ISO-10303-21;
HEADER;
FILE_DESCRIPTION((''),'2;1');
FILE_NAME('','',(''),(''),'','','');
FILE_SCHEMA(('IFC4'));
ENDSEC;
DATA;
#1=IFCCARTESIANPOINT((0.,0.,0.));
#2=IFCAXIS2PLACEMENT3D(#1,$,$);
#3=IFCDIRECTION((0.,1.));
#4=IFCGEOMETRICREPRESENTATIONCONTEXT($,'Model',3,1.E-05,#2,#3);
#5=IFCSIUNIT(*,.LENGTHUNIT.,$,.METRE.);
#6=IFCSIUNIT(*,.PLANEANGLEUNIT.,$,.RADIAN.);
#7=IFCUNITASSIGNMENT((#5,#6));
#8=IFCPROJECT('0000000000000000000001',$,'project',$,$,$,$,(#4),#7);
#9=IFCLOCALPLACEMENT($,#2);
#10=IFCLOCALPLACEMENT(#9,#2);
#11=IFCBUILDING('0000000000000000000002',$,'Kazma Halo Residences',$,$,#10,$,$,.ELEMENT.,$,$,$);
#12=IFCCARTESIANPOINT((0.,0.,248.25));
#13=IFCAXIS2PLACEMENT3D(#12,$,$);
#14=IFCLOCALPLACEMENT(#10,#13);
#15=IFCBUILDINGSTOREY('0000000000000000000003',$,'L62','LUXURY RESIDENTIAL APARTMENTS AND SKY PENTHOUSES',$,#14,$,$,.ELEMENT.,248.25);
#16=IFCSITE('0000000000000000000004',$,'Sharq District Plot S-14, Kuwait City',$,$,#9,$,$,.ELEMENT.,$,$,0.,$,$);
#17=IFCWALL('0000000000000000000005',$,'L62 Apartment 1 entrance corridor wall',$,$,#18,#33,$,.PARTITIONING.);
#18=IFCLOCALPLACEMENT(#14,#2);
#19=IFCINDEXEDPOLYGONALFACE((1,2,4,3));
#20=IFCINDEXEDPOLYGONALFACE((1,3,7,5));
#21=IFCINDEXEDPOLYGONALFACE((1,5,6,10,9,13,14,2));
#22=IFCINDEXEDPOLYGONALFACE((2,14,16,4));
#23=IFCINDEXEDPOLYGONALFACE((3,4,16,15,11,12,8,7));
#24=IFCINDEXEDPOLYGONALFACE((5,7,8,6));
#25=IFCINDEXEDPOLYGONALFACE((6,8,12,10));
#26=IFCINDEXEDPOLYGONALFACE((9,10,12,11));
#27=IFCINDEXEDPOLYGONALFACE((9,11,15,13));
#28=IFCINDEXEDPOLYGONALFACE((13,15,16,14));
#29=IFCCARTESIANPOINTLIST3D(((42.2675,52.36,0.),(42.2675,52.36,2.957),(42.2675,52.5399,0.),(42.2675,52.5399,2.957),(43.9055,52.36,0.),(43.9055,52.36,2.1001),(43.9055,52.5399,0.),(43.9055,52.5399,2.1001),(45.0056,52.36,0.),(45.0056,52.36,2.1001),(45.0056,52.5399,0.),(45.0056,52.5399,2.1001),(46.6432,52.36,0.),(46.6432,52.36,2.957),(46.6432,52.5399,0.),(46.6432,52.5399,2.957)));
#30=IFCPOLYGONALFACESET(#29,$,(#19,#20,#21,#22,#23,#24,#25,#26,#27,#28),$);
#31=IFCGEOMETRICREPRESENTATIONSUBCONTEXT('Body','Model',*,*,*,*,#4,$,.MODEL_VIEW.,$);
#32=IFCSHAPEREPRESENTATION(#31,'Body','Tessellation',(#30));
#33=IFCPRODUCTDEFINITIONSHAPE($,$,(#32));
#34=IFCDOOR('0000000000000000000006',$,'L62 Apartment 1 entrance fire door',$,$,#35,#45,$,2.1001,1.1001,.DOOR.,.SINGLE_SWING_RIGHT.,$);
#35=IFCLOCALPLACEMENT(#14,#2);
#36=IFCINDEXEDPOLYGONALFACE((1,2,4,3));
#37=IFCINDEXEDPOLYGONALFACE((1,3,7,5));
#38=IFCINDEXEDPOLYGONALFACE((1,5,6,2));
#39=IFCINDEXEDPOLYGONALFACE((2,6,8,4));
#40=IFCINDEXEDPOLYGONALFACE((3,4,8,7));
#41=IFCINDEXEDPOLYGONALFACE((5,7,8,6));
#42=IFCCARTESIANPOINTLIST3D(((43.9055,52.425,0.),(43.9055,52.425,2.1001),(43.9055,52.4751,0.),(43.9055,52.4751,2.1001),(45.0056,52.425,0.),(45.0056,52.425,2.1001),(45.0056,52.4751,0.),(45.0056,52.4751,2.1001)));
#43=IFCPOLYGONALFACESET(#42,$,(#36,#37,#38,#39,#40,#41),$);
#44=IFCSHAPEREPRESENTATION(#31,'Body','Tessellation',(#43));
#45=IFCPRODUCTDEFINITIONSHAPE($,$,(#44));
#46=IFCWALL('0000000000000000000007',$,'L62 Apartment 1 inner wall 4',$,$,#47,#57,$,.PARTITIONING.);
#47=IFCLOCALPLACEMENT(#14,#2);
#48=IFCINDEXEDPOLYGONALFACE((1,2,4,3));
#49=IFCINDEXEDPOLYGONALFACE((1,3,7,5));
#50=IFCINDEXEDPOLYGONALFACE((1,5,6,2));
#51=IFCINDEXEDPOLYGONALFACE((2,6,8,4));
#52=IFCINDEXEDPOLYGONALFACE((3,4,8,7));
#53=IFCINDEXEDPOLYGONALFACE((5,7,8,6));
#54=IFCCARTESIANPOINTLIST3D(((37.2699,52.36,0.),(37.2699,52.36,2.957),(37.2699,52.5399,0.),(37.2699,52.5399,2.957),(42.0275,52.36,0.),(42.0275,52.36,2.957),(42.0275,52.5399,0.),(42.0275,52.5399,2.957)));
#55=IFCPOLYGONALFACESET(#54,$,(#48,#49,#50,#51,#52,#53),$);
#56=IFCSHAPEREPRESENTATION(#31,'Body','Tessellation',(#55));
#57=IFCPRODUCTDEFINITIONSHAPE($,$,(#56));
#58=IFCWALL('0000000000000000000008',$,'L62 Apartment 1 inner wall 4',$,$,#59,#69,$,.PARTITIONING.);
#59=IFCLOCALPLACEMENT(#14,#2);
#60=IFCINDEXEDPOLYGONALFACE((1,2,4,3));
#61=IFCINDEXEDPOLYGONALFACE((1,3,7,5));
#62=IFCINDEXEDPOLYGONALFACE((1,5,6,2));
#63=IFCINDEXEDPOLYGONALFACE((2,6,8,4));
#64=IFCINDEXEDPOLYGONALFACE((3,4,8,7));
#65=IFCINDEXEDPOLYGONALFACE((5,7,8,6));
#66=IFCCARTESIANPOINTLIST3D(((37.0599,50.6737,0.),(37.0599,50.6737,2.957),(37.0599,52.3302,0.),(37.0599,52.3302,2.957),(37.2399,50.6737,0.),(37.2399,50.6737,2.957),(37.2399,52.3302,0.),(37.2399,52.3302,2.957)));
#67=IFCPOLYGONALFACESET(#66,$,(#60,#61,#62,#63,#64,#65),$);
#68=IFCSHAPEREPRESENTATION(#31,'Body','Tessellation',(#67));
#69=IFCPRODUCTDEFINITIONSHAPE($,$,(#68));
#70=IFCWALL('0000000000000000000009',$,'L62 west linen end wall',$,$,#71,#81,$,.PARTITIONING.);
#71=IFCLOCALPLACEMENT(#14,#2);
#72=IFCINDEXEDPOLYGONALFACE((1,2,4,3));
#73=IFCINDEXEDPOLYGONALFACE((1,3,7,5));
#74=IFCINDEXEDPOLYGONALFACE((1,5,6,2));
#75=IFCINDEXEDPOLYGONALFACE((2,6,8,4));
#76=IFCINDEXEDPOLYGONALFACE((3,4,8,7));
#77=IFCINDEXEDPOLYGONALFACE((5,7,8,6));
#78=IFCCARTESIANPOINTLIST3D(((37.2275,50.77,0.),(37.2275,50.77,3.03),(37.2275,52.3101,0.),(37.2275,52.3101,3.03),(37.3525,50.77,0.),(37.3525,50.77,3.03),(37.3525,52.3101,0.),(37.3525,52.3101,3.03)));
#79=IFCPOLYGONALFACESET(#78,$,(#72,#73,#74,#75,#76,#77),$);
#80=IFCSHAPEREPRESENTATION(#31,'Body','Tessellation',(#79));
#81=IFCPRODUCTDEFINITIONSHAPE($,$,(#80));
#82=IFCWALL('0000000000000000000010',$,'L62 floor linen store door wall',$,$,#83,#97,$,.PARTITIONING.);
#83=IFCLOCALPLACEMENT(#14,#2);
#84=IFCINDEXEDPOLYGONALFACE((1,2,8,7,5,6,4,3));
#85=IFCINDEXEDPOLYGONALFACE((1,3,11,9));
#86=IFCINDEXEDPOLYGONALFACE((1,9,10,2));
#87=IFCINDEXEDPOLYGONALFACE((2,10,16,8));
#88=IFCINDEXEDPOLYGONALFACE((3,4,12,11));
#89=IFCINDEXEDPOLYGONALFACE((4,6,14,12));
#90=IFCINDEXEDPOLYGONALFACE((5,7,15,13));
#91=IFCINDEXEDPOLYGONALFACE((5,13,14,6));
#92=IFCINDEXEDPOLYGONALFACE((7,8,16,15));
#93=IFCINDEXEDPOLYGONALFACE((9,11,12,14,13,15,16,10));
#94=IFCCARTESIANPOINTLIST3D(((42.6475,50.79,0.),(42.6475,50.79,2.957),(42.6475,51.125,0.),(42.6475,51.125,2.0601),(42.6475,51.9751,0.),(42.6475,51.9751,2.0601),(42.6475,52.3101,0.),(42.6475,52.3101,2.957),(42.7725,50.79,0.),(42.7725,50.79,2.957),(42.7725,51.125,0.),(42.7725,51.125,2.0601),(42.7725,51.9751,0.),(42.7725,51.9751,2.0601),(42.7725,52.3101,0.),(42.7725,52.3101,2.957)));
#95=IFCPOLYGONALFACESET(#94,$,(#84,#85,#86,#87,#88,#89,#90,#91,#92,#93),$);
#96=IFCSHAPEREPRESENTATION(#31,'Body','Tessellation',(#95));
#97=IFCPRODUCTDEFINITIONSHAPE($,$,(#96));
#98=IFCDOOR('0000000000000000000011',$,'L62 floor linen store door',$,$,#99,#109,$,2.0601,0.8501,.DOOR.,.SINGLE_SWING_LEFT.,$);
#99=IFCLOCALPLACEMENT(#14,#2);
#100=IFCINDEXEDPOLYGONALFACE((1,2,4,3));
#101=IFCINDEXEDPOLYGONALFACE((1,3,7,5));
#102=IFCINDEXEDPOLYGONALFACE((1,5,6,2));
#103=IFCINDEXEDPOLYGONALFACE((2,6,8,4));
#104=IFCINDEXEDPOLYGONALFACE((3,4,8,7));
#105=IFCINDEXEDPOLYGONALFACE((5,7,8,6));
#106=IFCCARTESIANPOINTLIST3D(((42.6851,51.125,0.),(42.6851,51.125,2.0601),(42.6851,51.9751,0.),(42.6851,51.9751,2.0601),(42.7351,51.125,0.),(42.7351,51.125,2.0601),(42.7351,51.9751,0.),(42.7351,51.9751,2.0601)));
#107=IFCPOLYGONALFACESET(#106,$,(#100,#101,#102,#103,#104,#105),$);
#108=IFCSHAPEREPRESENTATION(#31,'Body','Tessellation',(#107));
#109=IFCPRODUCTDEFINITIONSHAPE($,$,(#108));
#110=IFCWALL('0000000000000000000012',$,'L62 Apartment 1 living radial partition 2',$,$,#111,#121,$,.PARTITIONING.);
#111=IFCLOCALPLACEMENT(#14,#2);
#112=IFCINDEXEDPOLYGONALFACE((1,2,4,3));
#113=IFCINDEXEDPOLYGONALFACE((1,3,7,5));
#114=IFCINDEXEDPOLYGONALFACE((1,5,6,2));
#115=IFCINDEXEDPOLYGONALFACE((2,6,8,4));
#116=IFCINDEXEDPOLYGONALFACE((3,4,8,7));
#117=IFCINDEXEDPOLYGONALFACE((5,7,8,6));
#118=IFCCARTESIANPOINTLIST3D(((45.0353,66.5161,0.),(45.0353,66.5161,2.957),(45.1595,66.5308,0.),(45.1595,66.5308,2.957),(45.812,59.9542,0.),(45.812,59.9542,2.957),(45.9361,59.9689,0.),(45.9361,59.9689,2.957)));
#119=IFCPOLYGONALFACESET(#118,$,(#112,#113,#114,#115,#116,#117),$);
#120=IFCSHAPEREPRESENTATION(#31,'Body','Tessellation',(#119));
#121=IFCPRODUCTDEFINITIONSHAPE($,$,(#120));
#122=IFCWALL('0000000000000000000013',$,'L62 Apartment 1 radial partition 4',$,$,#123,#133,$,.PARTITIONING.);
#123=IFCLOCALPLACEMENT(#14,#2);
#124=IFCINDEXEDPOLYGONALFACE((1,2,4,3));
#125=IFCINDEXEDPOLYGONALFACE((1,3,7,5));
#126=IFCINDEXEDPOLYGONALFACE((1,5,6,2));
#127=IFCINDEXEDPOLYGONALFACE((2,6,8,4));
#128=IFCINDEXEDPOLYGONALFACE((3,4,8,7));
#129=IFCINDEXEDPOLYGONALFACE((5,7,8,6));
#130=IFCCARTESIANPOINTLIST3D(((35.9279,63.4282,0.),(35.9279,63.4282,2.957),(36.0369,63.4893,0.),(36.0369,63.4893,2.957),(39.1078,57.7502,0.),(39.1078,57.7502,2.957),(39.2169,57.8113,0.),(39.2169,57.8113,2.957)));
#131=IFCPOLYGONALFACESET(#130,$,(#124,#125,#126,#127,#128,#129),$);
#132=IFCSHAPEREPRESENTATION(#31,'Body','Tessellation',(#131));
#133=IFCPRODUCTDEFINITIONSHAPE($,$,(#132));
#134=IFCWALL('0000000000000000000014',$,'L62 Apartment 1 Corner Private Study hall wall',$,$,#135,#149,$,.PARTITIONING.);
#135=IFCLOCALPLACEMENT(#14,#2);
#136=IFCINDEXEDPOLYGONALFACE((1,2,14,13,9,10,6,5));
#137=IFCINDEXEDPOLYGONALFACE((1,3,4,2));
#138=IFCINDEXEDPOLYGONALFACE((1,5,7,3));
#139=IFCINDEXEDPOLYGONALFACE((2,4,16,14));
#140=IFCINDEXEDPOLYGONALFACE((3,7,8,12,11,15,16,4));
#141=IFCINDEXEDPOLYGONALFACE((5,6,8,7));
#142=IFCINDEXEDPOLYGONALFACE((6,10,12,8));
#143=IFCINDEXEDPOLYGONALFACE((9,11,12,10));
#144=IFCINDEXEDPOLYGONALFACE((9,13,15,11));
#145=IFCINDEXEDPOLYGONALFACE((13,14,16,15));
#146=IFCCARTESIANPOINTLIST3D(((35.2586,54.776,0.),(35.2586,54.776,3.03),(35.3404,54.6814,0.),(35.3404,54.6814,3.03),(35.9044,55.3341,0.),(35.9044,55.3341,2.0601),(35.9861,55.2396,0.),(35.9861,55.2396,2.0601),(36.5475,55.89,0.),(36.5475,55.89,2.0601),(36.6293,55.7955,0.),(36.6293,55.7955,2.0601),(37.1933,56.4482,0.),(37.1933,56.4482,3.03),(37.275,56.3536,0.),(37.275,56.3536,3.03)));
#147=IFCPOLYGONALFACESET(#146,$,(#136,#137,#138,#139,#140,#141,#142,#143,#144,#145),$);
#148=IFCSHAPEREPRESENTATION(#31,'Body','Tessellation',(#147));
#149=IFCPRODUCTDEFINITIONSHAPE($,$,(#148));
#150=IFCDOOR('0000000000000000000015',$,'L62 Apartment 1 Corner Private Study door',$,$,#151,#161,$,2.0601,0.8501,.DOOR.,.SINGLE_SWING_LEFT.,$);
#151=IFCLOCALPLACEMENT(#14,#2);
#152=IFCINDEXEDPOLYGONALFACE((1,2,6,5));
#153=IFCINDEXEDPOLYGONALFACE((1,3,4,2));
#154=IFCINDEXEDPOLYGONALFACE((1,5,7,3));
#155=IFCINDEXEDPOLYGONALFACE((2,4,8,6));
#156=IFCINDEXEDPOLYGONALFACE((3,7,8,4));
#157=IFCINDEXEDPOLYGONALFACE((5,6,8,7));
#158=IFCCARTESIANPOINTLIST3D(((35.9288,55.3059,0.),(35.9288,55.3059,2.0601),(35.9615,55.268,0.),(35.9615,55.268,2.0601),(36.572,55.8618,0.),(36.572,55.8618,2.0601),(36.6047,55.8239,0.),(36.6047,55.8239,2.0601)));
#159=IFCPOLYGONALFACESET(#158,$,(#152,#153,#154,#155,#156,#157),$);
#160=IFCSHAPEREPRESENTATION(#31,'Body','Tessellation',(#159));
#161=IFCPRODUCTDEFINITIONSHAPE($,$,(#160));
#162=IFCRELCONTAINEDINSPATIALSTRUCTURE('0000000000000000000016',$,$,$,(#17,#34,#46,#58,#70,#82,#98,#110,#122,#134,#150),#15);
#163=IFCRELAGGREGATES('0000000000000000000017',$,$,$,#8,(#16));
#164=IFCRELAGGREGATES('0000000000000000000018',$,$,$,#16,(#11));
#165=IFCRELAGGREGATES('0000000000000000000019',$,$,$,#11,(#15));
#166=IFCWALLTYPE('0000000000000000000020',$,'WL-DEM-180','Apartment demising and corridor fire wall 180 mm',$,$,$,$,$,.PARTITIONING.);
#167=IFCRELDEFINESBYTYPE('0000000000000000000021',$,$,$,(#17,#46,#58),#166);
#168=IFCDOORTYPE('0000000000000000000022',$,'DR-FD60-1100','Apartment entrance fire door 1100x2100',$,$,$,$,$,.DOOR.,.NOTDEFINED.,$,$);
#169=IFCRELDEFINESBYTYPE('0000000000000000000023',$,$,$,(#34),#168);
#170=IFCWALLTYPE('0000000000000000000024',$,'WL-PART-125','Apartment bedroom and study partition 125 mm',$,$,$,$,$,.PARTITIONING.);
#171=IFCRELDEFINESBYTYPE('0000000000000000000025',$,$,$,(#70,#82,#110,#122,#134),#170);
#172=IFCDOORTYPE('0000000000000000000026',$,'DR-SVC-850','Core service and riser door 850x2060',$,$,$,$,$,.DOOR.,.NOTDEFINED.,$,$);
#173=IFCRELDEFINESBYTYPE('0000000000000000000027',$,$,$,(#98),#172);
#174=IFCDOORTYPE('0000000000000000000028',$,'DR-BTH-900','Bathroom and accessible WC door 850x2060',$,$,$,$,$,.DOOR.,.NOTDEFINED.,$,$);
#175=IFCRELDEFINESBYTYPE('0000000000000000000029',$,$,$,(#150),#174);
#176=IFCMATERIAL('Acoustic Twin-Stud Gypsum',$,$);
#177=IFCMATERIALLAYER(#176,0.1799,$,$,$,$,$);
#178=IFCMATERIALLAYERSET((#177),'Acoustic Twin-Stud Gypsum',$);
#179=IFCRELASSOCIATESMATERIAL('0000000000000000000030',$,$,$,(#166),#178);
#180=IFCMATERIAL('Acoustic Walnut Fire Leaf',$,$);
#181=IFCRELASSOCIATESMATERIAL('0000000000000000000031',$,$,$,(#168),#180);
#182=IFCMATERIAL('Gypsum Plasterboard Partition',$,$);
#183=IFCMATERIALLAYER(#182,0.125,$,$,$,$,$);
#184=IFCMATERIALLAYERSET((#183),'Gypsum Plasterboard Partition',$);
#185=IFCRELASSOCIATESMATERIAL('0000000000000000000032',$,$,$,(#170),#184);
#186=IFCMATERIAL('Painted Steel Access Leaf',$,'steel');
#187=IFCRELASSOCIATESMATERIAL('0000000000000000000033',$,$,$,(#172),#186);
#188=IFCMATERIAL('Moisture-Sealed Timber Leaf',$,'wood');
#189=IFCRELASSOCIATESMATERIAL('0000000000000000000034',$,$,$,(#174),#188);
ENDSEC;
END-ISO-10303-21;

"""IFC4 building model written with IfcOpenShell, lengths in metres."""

from ifc_helpers import new_model, si_unit, direction, frame, frame_2d, origin, place, context, subcontext, project, spatial, rectangle, extrude, material, layer, layer_set, type_object, element, fill, save


model = new_model("IFC4")

# Units and contexts
model_context = context("Model", 3, precision=1e-05, world=origin(), true_north=direction((0.0, 1.0)))
body_context = subcontext(model_context, "Body", "Model", "MODEL_VIEW")
ifc_project = project(units=[si_unit("LENGTHUNIT", "METRE"), si_unit("PLANEANGLEUNIT", "RADIAN")], contexts=[model_context])

# Site, building, storey
site_placement = place(None, origin())
site = spatial("IfcSite", under=ifc_project, at=site_placement, Name="Sharq District Plot S-14, Kuwait City", CompositionType="ELEMENT", RefElevation=0.0)
building_placement = place(site_placement, origin())
building = spatial("IfcBuilding", under=site, at=building_placement, Name="Kazma Halo Residences", CompositionType="ELEMENT")
storey_placement = place(building_placement, frame((0.0, 0.0, 248.25)))
storey = spatial("IfcBuildingStorey", under=building, at=storey_placement, Name="L62", Description="LUXURY RESIDENTIAL APARTMENTS AND SKY PENTHOUSES", CompositionType="ELEMENT", Elevation=248.25)

# Wall, opening, door
ifc_material_1 = material(Name="Acoustic Twin-Stud Gypsum")
ifc_layer_1 = layer(ifc_material_1, 0.1799)
ifc_layer_set_1 = layer_set([ifc_layer_1], Name="Acoustic Twin-Stud Gypsum")
wall_type_1 = type_object("IfcWallType", Name="WL-DEM-180", Description="Apartment demising and corridor fire wall 180 mm", PredefinedType="PARTITIONING", material=ifc_layer_set_1)
wall_1_placement = place(storey_placement, frame((46.6433, 52.45, 0.0), z_axis=(0.0, 0.0, 1.0), x_axis=(-1.0, 0.0, 0.0)))
wall_1 = element("IfcWall", 1, at=wall_1_placement, inside=storey, type_object=wall_type_1, Name="L62 Apartment 1 entrance corridor wall", PredefinedType="PARTITIONING", context=body_context, shape_type="SweptSolid", body=[
    extrude(rectangle(XDim=4.3757, YDim=0.1799, at=frame_2d((2.188, 0.0))), origin(), (0.0, 0.0, 1.0), 2.957),
])
opening_1_placement = place(wall_1_placement, frame((1.6377, 0.0, 0.0)))
opening_1 = element("IfcOpeningElement", 2, at=opening_1_placement, cuts=wall_1, PredefinedType="OPENING", context=body_context, shape_type="SweptSolid", body=[
    extrude(rectangle(XDim=1.1001, YDim=2.1001, at=frame_2d((0.55, 1.05))), frame((0.0, 0.0999, 0.0), z_axis=(0.0, -1.0, 0.0), x_axis=(1.0, 0.0, 0.0)), (0.0, 0.0, 1.0), 0.2),
])
ifc_material_2 = material(Name="Acoustic Walnut Fire Leaf")
door_type_1 = type_object("IfcDoorType", Name="DR-FD60-1100", Description="Apartment entrance fire door 1100x2100", OperationType="NOTDEFINED", PredefinedType="DOOR", material=ifc_material_2)
door_1_placement = place(opening_1_placement, origin())
door_1 = element("IfcDoor", 3, at=door_1_placement, inside=storey, type_object=door_type_1, Name="L62 Apartment 1 entrance fire door", OperationType="SINGLE_SWING_RIGHT", OverallHeight=2.1001, OverallWidth=1.1001, PredefinedType="DOOR", context=body_context, shape_type="SweptSolid", body=[
    extrude(rectangle(XDim=1.1001, YDim=2.1001, at=frame_2d((0.55, 1.05))), frame((0.0, 0.0249, 0.0), z_axis=(0.0, -1.0, 0.0), x_axis=(1.0, 0.0, 0.0)), (0.0, 0.0, 1.0), 0.05),
])
fill(opening_1, door_1)

# Walls
wall_2_placement = place(storey_placement, frame((42.0276, 52.45, 0.0), z_axis=(0.0, 0.0, 1.0), x_axis=(-1.0, 0.0, 0.0)))
element("IfcWall", 4, at=wall_2_placement, inside=storey, type_object=wall_type_1, Name="L62 Apartment 1 inner wall 4", PredefinedType="PARTITIONING", context=body_context, shape_type="SweptSolid", body=[
    extrude(rectangle(XDim=4.7576, YDim=0.1799, at=frame_2d((2.3789, 0.0))), origin(), (0.0, 0.0, 1.0), 2.957),
])
wall_3_placement = place(storey_placement, frame((37.1499, 52.3301, 0.0), z_axis=(0.0, 0.0, 1.0), x_axis=(0.0, -1.0, 0.0)))
element("IfcWall", 5, at=wall_3_placement, inside=storey, type_object=wall_type_1, Name="L62 Apartment 1 inner wall 4", PredefinedType="PARTITIONING", context=body_context, shape_type="SweptSolid", body=[
    extrude(rectangle(XDim=1.6565, YDim=0.1799, at=frame_2d((0.8281, 0.0))), origin(), (0.0, 0.0, 1.0), 2.957),
])

# Wall
ifc_material_3 = material(Name="Gypsum Plasterboard Partition")
ifc_layer_2 = layer(ifc_material_3, 0.125)
ifc_layer_set_2 = layer_set([ifc_layer_2], Name="Gypsum Plasterboard Partition")
wall_type_2 = type_object("IfcWallType", Name="WL-PART-125", Description="Apartment bedroom and study partition 125 mm", PredefinedType="PARTITIONING", material=ifc_layer_set_2)
wall_4_placement = place(storey_placement, frame((37.29, 50.77, 0.0), z_axis=(0.0, 0.0, 1.0), x_axis=(0.0, 1.0, 0.0)))
element("IfcWall", 6, at=wall_4_placement, inside=storey, type_object=wall_type_2, Name="L62 west linen end wall", PredefinedType="PARTITIONING", context=body_context, shape_type="SweptSolid", body=[
    extrude(rectangle(XDim=1.54, YDim=0.125, at=frame_2d((0.77, 0.0))), origin(), (0.0, 0.0, 1.0), 3.03),
])

# Wall, opening, door
wall_5_placement = place(storey_placement, frame((42.71, 50.79, 0.0), z_axis=(0.0, 0.0, 1.0), x_axis=(0.0, 1.0, 0.0)))
wall_5 = element("IfcWall", 7, at=wall_5_placement, inside=storey, type_object=wall_type_2, Name="L62 floor linen store door wall", PredefinedType="PARTITIONING", context=body_context, shape_type="SweptSolid", body=[
    extrude(rectangle(XDim=1.52, YDim=0.125, at=frame_2d((0.76, 0.0))), origin(), (0.0, 0.0, 1.0), 2.957),
])
opening_2_placement = place(wall_5_placement, frame((0.335, 0.0, 0.0)))
opening_2 = element("IfcOpeningElement", 8, at=opening_2_placement, cuts=wall_5, PredefinedType="OPENING", context=body_context, shape_type="SweptSolid", body=[
    extrude(rectangle(XDim=0.8501, YDim=2.0601, at=frame_2d((0.425, 1.03))), frame((0.0, 0.0725, 0.0), z_axis=(0.0, -1.0, 0.0), x_axis=(1.0, 0.0, 0.0)), (0.0, 0.0, 1.0), 0.145),
])
ifc_material_4 = material(Name="Painted Steel Access Leaf", Category="steel")
door_type_2 = type_object("IfcDoorType", Name="DR-SVC-850", Description="Core service and riser door 850x2060", OperationType="NOTDEFINED", PredefinedType="DOOR", material=ifc_material_4)
door_2_placement = place(opening_2_placement, origin())
door_2 = element("IfcDoor", 9, at=door_2_placement, inside=storey, type_object=door_type_2, Name="L62 floor linen store door", OperationType="SINGLE_SWING_LEFT", OverallHeight=2.0601, OverallWidth=0.8501, PredefinedType="DOOR", context=body_context, shape_type="SweptSolid", body=[
    extrude(rectangle(XDim=0.8501, YDim=2.0601, at=frame_2d((0.425, 1.03))), frame((0.0, 0.0249, 0.0), z_axis=(0.0, -1.0, 0.0), x_axis=(1.0, 0.0, 0.0)), (0.0, 0.0, 1.0), 0.05),
])
fill(opening_2, door_2)

# Walls
wall_6_placement = place(storey_placement, frame((45.874, 59.9617, 0.0), z_axis=(0.0, 0.0, 1.0), x_axis=(-0.117534, 0.993069, 0.0)))
element("IfcWall", 10, at=wall_6_placement, inside=storey, type_object=wall_type_2, Name="L62 Apartment 1 living radial partition 2", PredefinedType="PARTITIONING", context=body_context, shape_type="SweptSolid", body=[
    extrude(rectangle(XDim=6.6077, YDim=0.125, at=frame_2d((3.3037, 0.0))), origin(), (0.0, 0.0, 1.0), 2.957),
])
wall_7_placement = place(storey_placement, frame((39.1624, 57.7808, 0.0), z_axis=(0.0, 0.0, 1.0), x_axis=(-0.488634, 0.872489, 0.0)))
element("IfcWall", 11, at=wall_7_placement, inside=storey, type_object=wall_type_2, Name="L62 Apartment 1 radial partition 4", PredefinedType="PARTITIONING", context=body_context, shape_type="SweptSolid", body=[
    extrude(rectangle(XDim=6.5078, YDim=0.125, at=frame_2d((3.2539, 0.0))), origin(), (0.0, 0.0, 1.0), 2.957),
])

# Wall, opening, door
wall_8_placement = place(storey_placement, frame((37.2341, 56.4009, 0.0), z_axis=(0.0, 0.0, 1.0), x_axis=(-0.756561, -0.653923, 0.0)))
wall_8 = element("IfcWall", 12, at=wall_8_placement, inside=storey, type_object=wall_type_2, Name="L62 Apartment 1 Corner Private Study hall wall", PredefinedType="PARTITIONING", context=body_context, shape_type="SweptSolid", body=[
    extrude(rectangle(XDim=2.5571, YDim=0.125, at=frame_2d((1.2786, 0.0))), origin(), (0.0, 0.0, 1.0), 3.03),
])
opening_3_placement = place(wall_8_placement, frame((0.8535, 0.0, 0.0)))
opening_3 = element("IfcOpeningElement", 13, at=opening_3_placement, cuts=wall_8, PredefinedType="OPENING", context=body_context, shape_type="SweptSolid", body=[
    extrude(rectangle(XDim=0.8501, YDim=2.0601, at=frame_2d((0.425, 1.03))), frame((0.0, 0.0725, 0.0), z_axis=(0.0, -1.0, 0.0), x_axis=(1.0, 0.0, 0.0)), (0.0, 0.0, 1.0), 0.145),
])
ifc_material_5 = material(Name="Moisture-Sealed Timber Leaf", Category="wood")
door_type_3 = type_object("IfcDoorType", Name="DR-BTH-900", Description="Bathroom and accessible WC door 850x2060", OperationType="NOTDEFINED", PredefinedType="DOOR", material=ifc_material_5)
door_3_placement = place(opening_3_placement, origin())
door_3 = element("IfcDoor", 14, at=door_3_placement, inside=storey, type_object=door_type_3, Name="L62 Apartment 1 Corner Private Study door", OperationType="SINGLE_SWING_LEFT", OverallHeight=2.0601, OverallWidth=0.8501, PredefinedType="DOOR", context=body_context, shape_type="SweptSolid", body=[
    extrude(rectangle(XDim=0.8501, YDim=2.0601, at=frame_2d((0.425, 1.03))), frame((0.0, 0.0249, 0.0), z_axis=(0.0, -1.0, 0.0), x_axis=(1.0, 0.0, 0.0)), (0.0, 0.0, 1.0), 0.05),
])
fill(opening_3, door_3)

save(model, "model.ifc")
